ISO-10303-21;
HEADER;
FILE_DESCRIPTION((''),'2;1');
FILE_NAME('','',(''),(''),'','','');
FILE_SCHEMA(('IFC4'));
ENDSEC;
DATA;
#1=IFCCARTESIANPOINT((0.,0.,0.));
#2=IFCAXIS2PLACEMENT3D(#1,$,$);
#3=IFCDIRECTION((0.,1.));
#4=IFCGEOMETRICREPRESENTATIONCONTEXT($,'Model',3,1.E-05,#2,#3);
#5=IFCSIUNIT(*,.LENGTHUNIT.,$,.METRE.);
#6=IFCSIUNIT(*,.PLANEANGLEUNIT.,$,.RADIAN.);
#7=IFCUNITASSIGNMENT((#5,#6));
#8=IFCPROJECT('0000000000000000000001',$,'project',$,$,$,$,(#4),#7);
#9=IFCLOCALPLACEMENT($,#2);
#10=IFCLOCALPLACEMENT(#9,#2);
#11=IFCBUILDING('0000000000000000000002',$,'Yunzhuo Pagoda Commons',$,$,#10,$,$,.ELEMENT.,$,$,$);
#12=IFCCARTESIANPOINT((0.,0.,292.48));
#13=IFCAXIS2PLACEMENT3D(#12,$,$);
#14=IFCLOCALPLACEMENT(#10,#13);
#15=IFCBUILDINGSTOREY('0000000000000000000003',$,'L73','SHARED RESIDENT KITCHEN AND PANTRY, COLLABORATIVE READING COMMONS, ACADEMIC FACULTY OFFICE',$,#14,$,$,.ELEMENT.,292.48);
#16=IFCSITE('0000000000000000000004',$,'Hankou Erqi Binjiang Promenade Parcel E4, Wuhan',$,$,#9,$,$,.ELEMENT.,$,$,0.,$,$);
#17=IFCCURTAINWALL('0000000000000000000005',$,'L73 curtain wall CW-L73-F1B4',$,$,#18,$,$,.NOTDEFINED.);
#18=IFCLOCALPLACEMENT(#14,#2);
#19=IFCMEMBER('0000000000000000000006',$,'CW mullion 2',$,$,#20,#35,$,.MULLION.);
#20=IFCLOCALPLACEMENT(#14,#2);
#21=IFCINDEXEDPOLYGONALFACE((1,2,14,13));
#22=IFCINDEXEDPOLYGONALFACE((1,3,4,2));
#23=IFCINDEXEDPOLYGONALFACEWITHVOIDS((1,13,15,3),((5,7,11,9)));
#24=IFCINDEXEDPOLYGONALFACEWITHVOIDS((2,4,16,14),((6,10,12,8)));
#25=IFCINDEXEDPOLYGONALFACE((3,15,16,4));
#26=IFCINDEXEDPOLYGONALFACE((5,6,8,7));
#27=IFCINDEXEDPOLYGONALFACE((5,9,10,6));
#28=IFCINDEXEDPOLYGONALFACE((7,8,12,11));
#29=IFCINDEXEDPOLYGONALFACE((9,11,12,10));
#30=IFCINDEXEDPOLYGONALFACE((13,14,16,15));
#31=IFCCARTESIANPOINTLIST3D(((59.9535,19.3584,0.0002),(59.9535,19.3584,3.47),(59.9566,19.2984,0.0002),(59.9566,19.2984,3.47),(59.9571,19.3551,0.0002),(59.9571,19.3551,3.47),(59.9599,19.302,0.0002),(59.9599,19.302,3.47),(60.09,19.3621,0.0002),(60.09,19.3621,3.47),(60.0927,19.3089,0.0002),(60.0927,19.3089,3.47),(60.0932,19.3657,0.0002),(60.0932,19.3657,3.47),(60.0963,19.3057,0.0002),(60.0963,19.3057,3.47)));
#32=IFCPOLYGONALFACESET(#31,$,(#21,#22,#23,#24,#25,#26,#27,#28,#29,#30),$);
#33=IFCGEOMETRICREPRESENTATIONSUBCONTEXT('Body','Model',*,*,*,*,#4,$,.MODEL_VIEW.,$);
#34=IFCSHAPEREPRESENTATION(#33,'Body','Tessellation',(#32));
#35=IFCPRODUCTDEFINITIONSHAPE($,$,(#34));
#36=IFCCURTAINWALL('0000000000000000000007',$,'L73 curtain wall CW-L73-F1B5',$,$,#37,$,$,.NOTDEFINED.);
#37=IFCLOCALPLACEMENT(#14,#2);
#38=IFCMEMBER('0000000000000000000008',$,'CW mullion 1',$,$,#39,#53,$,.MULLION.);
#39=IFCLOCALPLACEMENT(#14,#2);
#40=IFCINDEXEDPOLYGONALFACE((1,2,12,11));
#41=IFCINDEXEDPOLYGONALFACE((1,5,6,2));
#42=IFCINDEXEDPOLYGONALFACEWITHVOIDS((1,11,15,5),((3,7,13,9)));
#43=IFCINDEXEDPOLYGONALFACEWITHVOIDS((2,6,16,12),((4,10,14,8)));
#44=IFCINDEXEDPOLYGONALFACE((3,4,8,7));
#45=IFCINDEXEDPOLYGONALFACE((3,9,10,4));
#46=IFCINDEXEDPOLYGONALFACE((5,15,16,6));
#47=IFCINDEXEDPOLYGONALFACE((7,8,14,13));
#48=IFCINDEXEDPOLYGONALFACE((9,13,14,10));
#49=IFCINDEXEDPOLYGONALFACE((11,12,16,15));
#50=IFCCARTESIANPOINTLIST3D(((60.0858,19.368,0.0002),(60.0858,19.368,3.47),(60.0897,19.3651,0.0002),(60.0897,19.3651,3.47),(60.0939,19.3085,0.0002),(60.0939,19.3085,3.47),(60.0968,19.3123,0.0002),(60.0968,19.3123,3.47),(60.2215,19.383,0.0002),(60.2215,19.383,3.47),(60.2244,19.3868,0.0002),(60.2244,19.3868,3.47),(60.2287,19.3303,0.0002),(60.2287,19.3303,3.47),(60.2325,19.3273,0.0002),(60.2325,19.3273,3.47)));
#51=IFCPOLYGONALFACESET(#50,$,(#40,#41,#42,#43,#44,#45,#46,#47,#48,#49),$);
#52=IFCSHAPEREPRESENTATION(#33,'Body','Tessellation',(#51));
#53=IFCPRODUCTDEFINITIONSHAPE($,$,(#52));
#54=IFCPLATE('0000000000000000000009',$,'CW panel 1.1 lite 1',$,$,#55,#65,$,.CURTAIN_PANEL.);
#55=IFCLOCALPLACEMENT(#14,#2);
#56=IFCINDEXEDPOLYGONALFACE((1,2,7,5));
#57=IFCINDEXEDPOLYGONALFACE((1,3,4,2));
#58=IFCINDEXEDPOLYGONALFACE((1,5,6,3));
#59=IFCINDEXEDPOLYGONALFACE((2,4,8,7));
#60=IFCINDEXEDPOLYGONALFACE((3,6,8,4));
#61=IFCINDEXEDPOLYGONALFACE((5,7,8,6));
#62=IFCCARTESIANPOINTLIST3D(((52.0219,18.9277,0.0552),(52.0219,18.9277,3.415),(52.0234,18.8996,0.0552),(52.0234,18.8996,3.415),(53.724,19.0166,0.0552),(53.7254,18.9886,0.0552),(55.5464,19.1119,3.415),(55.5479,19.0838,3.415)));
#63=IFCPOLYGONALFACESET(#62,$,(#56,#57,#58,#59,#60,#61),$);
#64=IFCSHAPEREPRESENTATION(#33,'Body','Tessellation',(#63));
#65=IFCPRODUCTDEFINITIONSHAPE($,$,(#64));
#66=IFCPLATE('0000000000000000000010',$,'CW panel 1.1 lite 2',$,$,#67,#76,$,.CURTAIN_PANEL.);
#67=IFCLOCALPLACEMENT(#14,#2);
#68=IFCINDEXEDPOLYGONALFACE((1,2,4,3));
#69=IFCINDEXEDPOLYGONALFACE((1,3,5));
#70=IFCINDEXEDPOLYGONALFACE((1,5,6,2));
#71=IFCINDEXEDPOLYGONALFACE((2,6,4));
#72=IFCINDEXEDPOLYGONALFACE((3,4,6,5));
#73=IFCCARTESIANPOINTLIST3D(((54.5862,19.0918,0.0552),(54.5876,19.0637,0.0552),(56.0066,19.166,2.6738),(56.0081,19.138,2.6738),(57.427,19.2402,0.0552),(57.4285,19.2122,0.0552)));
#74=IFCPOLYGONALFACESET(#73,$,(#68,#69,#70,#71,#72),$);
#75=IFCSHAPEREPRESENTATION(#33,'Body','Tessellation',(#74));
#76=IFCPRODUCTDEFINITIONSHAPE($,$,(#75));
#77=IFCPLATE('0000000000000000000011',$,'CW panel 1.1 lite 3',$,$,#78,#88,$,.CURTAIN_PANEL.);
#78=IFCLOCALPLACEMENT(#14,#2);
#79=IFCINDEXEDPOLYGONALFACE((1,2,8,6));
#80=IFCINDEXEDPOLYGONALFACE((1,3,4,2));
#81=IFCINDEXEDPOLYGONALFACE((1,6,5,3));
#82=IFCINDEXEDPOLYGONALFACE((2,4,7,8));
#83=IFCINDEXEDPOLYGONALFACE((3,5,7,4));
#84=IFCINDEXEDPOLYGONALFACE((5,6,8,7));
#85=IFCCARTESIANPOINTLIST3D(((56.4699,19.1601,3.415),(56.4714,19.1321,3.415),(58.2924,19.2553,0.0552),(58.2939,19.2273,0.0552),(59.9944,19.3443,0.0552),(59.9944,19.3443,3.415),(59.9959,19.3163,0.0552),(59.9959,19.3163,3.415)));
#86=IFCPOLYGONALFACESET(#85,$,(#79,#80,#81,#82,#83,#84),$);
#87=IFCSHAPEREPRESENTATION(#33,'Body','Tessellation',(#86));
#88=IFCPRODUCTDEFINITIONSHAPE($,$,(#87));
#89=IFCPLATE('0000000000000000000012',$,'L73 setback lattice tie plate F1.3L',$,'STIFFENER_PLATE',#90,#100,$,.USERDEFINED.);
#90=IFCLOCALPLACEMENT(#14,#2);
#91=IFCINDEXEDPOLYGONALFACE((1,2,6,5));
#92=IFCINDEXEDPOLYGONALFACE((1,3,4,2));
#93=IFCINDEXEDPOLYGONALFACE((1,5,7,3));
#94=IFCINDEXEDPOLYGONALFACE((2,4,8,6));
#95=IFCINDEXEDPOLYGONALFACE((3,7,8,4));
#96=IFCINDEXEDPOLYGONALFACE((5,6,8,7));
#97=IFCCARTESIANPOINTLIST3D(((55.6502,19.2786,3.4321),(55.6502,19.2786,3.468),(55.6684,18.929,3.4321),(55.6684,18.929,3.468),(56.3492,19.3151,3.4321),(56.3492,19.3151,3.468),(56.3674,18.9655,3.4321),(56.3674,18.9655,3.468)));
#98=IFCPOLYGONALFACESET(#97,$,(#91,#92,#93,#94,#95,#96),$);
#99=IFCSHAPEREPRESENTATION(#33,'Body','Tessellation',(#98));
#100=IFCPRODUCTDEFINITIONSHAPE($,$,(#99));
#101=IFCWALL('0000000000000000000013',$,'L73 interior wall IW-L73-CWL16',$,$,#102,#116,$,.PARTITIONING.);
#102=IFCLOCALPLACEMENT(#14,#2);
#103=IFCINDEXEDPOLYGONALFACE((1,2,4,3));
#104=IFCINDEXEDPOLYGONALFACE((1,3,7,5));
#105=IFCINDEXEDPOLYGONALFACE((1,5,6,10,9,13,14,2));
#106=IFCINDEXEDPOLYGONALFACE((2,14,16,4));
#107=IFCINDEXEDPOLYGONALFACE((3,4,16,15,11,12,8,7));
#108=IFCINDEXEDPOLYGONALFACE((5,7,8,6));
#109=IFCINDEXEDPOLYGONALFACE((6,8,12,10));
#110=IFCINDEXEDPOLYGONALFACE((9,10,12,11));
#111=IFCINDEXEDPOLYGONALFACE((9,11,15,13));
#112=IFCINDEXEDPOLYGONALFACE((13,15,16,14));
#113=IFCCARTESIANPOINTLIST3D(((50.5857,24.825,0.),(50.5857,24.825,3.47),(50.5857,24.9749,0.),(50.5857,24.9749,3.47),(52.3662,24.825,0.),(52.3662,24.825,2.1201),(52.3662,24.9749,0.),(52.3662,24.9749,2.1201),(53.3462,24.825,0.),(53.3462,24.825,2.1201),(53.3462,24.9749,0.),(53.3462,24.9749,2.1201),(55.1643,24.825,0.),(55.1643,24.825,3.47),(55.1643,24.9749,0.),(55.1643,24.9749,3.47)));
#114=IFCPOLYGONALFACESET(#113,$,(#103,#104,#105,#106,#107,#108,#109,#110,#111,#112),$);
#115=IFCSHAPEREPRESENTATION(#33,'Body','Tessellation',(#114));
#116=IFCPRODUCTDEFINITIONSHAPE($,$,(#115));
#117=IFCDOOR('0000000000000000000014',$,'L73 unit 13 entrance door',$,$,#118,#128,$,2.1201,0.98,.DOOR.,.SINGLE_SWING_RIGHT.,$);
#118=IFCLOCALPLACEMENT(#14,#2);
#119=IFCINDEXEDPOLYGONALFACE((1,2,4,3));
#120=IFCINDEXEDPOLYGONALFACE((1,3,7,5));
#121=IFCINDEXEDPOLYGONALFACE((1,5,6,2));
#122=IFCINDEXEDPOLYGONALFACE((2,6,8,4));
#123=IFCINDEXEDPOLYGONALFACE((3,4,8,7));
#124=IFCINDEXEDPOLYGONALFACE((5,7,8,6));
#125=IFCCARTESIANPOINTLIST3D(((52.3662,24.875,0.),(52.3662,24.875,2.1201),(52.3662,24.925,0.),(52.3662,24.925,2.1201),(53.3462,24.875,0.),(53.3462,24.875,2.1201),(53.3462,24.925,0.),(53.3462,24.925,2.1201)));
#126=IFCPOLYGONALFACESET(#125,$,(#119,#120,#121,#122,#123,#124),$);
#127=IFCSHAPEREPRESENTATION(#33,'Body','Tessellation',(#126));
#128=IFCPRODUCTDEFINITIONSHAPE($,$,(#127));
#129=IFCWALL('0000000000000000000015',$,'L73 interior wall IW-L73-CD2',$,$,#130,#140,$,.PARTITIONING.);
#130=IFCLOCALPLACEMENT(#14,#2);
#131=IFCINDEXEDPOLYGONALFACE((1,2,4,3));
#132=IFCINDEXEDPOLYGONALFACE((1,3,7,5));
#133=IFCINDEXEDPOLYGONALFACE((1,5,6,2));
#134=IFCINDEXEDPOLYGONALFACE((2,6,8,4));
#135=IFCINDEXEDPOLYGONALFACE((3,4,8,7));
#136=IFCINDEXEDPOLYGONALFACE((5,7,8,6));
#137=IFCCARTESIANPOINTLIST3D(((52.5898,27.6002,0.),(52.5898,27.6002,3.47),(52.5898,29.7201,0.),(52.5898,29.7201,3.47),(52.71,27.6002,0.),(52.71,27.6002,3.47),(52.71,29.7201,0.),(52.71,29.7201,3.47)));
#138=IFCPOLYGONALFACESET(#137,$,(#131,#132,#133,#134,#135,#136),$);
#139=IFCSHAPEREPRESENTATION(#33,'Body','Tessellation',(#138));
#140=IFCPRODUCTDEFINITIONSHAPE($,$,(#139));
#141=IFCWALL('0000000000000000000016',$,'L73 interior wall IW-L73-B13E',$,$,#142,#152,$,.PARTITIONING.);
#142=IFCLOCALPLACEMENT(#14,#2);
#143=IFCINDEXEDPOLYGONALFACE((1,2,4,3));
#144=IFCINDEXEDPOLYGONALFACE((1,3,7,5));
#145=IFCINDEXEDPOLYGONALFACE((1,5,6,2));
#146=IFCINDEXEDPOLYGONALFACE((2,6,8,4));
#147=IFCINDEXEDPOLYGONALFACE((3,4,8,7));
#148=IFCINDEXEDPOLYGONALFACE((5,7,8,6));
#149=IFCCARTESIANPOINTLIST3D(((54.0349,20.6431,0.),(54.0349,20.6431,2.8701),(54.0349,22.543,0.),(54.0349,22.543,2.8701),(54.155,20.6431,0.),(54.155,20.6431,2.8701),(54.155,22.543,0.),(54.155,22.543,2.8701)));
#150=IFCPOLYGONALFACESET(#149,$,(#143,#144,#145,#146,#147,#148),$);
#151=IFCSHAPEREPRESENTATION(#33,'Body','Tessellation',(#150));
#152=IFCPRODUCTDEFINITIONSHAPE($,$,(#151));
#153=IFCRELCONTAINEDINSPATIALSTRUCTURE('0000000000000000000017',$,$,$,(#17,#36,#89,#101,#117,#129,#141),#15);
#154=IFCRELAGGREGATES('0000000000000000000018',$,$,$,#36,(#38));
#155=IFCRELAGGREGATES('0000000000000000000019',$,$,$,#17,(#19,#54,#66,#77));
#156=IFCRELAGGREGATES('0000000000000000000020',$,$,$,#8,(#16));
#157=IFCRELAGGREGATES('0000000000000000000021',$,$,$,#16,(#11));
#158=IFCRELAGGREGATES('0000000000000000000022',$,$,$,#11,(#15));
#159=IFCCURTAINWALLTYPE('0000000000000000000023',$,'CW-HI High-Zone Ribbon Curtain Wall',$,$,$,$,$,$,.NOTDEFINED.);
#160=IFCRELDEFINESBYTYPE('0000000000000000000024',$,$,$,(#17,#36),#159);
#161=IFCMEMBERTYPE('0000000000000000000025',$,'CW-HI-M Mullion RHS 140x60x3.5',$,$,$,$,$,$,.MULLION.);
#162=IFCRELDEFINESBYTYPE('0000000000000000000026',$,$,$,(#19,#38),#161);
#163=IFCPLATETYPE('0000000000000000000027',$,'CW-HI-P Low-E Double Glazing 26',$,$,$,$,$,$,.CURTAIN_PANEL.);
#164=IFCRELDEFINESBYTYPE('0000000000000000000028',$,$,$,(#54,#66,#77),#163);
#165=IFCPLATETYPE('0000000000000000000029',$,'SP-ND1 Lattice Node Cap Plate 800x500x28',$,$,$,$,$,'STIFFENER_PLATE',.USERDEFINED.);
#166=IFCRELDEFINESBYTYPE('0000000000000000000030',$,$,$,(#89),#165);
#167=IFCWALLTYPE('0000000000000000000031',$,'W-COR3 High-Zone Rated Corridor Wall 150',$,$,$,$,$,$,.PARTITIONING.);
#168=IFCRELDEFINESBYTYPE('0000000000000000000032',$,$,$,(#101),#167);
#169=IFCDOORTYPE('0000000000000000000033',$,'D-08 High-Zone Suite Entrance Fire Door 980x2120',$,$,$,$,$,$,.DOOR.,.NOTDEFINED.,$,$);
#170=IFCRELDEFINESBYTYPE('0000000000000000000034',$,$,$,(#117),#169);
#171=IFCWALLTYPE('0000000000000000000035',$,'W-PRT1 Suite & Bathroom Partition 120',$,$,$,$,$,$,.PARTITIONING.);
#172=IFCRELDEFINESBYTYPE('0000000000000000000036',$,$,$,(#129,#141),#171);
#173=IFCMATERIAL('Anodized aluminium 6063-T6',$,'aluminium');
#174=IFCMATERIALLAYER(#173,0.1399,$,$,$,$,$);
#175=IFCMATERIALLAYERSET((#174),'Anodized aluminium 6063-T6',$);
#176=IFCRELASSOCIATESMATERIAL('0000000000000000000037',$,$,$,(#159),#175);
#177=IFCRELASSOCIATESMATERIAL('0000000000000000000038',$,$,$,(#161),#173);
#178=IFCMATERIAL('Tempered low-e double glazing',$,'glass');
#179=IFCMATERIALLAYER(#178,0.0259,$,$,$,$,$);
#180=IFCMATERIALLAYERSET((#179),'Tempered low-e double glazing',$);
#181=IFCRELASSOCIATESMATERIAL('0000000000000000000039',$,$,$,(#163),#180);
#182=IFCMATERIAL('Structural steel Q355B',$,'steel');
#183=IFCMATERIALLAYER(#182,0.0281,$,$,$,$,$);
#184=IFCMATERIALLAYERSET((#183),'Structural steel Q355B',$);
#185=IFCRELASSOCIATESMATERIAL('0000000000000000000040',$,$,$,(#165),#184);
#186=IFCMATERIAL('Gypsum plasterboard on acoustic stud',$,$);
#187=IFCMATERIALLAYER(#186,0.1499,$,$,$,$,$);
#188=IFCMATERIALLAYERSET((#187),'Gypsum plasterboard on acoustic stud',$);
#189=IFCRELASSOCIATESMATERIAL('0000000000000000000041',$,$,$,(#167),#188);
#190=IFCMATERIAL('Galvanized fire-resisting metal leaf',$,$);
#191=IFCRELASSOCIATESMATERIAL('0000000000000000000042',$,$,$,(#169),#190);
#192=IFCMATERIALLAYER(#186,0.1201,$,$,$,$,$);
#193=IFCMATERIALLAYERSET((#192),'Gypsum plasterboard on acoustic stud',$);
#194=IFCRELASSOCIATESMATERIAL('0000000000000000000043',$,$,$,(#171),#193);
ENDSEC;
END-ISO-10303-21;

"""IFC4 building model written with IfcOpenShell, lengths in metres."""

from ifc_helpers import new_model, si_unit, direction, frame, frame_2d, origin, origin_with_axes, origin_2d, place, context, subcontext, project, spatial, polyline, rectangle, hollow_rectangle, outline, extrude, source, transform, mapped, material, layer, layer_set, material_profile, profile_set, type_object, element, fill, aggregate, save


model = new_model("IFC4")

# Units and contexts
model_context = context("Model", 3, precision=1e-05, world=origin(), true_north=direction((0.0, 1.0)))
body_context = subcontext(model_context, "Body", "Model", "MODEL_VIEW")
ifc_project = project(units=[si_unit("LENGTHUNIT", "METRE"), si_unit("PLANEANGLEUNIT", "RADIAN")], contexts=[model_context])

# Site, building, storey
site_placement = place(None, origin())
site = spatial("IfcSite", under=ifc_project, at=site_placement, Name="Hankou Erqi Binjiang Promenade Parcel E4, Wuhan", CompositionType="ELEMENT", RefElevation=0.0)
building_placement = place(site_placement, origin())
building = spatial("IfcBuilding", under=site, at=building_placement, Name="Yunzhuo Pagoda Commons", CompositionType="ELEMENT")
storey_placement = place(building_placement, frame((0.0, 0.0, 292.48)))
storey = spatial("IfcBuildingStorey", under=building, at=storey_placement, Name="L73", Description="SHARED RESIDENT KITCHEN AND PANTRY, COLLABORATIVE READING COMMONS, ACADEMIC FACULTY OFFICE", CompositionType="ELEMENT", Elevation=292.48)

# Shared definitions
ifc_material_1 = material(Name="Structural steel Q355B", Category="steel")

# Curtain walls, members
ifc_material_2 = material(Name="Anodized aluminium 6063-T6", Category="aluminium")
ifc_layer_1 = layer(ifc_material_2, 0.1399)
ifc_layer_set_1 = layer_set([ifc_layer_1], Name="Anodized aluminium 6063-T6")
curtain_wall_type = type_object("IfcCurtainWallType", Name="CW-HI High-Zone Ribbon Curtain Wall", PredefinedType="NOTDEFINED", material=ifc_layer_set_1)
curtain_wall_1_placement = place(storey_placement, origin())
curtain_wall_1 = element("IfcCurtainWall", 1, at=curtain_wall_1_placement, inside=storey, type_object=curtain_wall_type, Name="L73 curtain wall CW-L73-F1B4", PredefinedType="NOTDEFINED")
ifc_material_profile_1 = material_profile(ifc_material_2, hollow_rectangle(XDim=0.0601, YDim=0.1399, WallThickness=0.0034, at=origin_2d()), Name="Anodized aluminium 6063-T6")
ifc_profile_set_1 = profile_set([ifc_material_profile_1], Name="Anodized aluminium 6063-T6")
member_type_1 = type_object("IfcMemberType", Name="CW-HI-M Mullion RHS 140x60x3.5", PredefinedType="MULLION", material=ifc_profile_set_1)
shared_shape_1 = source(origin(), body_context, "Body", "SweptSolid", [
    extrude(hollow_rectangle(XDim=0.0601, YDim=0.1399, WallThickness=0.0034, at=origin_2d()), origin(), (0.0, 0.0, 1.0), 3.4697),
])
member_1_placement = place(storey_placement, frame((60.0249, 19.332, 0.0002), z_axis=(0.0, 0.0, 1.0), x_axis=(-0.05219, 0.998637, 0.0)))
member_1 = element("IfcMember", 2, at=member_1_placement, type_object=member_type_1, Name="CW mullion 2", PredefinedType="MULLION", context=body_context, shape_type="MappedRepresentation", body=[
    mapped(shared_shape_1, transform((0.0, 0.0, 0.0), scale=1.0)),
])
curtain_wall_2_placement = place(storey_placement, origin())
curtain_wall_2 = element("IfcCurtainWall", 3, at=curtain_wall_2_placement, inside=storey, type_object=curtain_wall_type, Name="L73 curtain wall CW-L73-F1B5", PredefinedType="NOTDEFINED")
member_2_placement = place(storey_placement, frame((60.1592, 19.3477, 0.0002), z_axis=(0.0, 0.0, 1.0), x_axis=(-0.134854, 0.990865, 0.0)))
member_2 = element("IfcMember", 4, at=member_2_placement, type_object=member_type_1, Name="CW mullion 1", PredefinedType="MULLION", context=body_context, shape_type="MappedRepresentation", body=[
    mapped(shared_shape_1, transform((0.0, 0.0, 0.0), scale=1.0)),
])
aggregate(curtain_wall_2, [member_2])

# Plates
ifc_material_3 = material(Name="Tempered low-e double glazing", Category="glass")
ifc_layer_2 = layer(ifc_material_3, 0.0259)
ifc_layer_set_2 = layer_set([ifc_layer_2], Name="Tempered low-e double glazing")
plate_type_1 = type_object("IfcPlateType", Name="CW-HI-P Low-E Double Glazing 26", PredefinedType="CURTAIN_PANEL", material=ifc_layer_set_2)
plate_1_placement = place(storey_placement, frame((53.7842, 19.0198, 1.7351), z_axis=(0.05219, -0.998637, 0.0), x_axis=(0.998637, 0.05219, 0.0)))
plate_1 = element("IfcPlate", 5, at=plate_1_placement, type_object=plate_type_1, Name="CW panel 1.1 lite 1", PredefinedType="CURTAIN_PANEL", context=body_context, shape_type="SweptSolid", body=[
    extrude(outline(polyline([(-1.7646, -1.6799), (-0.0603, -1.6799), (1.7646, 1.6799), (-1.7646, 1.6799), (-1.7646, -1.6799)])), origin(), (0.0, 0.0, 1.0), 0.0281),
])
plate_2_placement = place(storey_placement, frame((56.0066, 19.166, 1.3645), z_axis=(0.05219, -0.998637, 0.0), x_axis=(0.998637, 0.05219, 0.0)))
plate_2 = element("IfcPlate", 6, at=plate_2_placement, type_object=plate_type_1, Name="CW panel 1.1 lite 2", PredefinedType="CURTAIN_PANEL", context=body_context, shape_type="SweptSolid", body=[
    extrude(outline(polyline([(-1.4224, -1.3093), (1.4224, -1.3093), (0.0, 1.3093), (-1.4224, -1.3093)])), origin(), (0.0, 0.0, 1.0), 0.0281),
])
plate_3_placement = place(storey_placement, frame((58.2322, 19.2522, 1.7351), z_axis=(0.05219, -0.998637, 0.0), x_axis=(0.998637, 0.05219, 0.0)))
plate_3 = element("IfcPlate", 7, at=plate_3_placement, type_object=plate_type_1, Name="CW panel 1.1 lite 3", PredefinedType="CURTAIN_PANEL", context=body_context, shape_type="SweptSolid", body=[
    extrude(outline(polyline([(-1.7646, 1.6799), (0.0603, -1.6799), (1.7646, -1.6799), (1.7646, 1.6799), (-1.7646, 1.6799)])), origin(), (0.0, 0.0, 1.0), 0.0281),
])
aggregate(curtain_wall_1, [member_1, plate_1, plate_2, plate_3])
ifc_layer_3 = layer(ifc_material_1, 0.0281)
ifc_layer_set_3 = layer_set([ifc_layer_3], Name="Structural steel Q355B")
plate_type_2 = type_object("IfcPlateType", Name="SP-ND1 Lattice Node Cap Plate 800x500x28", ElementType="STIFFENER_PLATE", PredefinedType="USERDEFINED", material=ifc_layer_set_3)
shared_shape_2 = source(origin(), body_context, "Body", "SweptSolid", [
    extrude(rectangle(XDim=0.7, YDim=0.3501, at=origin_2d()), origin(), (0.0, 0.0, 1.0), 0.0359),
])
plate_4_placement = place(storey_placement, frame((56.0088, 19.1221, 3.4321), z_axis=(0.0, 0.0, 1.0), x_axis=(0.998637, 0.052197, 0.0)))
element("IfcPlate", 8, at=plate_4_placement, inside=storey, type_object=plate_type_2, Name="L73 setback lattice tie plate F1.3L", ObjectType="STIFFENER_PLATE", PredefinedType="USERDEFINED", context=body_context, shape_type="MappedRepresentation", body=[
    mapped(shared_shape_2, transform((0.0, 0.0, 0.0), scale=1.0)),
])

# Wall, opening, door
ifc_material_4 = material(Name="Gypsum plasterboard on acoustic stud")
ifc_layer_4 = layer(ifc_material_4, 0.1499)
ifc_layer_set_4 = layer_set([ifc_layer_4], Name="Gypsum plasterboard on acoustic stud")
wall_type_1 = type_object("IfcWallType", Name="W-COR3 High-Zone Rated Corridor Wall 150", PredefinedType="PARTITIONING", material=ifc_layer_set_4)
wall_1_placement = place(storey_placement, frame((55.1643, 24.8999, 0.0), z_axis=(0.0, 0.0, 1.0), x_axis=(-1.0, 0.0, 0.0)))
wall_1 = element("IfcWall", 9, at=wall_1_placement, inside=storey, type_object=wall_type_1, Name="L73 interior wall IW-L73-CWL16", PredefinedType="PARTITIONING", context=body_context, shape_type="SweptSolid", body=[
    extrude(rectangle(XDim=4.5786, YDim=0.1499, at=frame_2d((2.2893, 0.0))), origin(), (0.0, 0.0, 1.0), 3.47),
])
opening_1_placement = place(wall_1_placement, frame((1.8181, 0.0, 0.0)))
opening_1 = element("IfcOpeningElement", 10, at=opening_1_placement, cuts=wall_1, PredefinedType="OPENING", context=body_context, shape_type="SweptSolid", body=[
    extrude(rectangle(XDim=0.98, YDim=2.1201, at=frame_2d((0.49, 1.0601))), frame((0.0, 0.085, 0.0), z_axis=(0.0, -1.0, 0.0), x_axis=(1.0, 0.0, 0.0)), (0.0, 0.0, 1.0), 0.1699),
])
ifc_material_5 = material(Name="Galvanized fire-resisting metal leaf")
door_type_1 = type_object("IfcDoorType", Name="D-08 High-Zone Suite Entrance Fire Door 980x2120", OperationType="NOTDEFINED", PredefinedType="DOOR", material=ifc_material_5)
shared_shape_3 = source(origin(), body_context, "Body", "SweptSolid", [
    extrude(rectangle(XDim=0.98, YDim=2.1201, at=frame_2d((0.49, 1.0601))), frame((0.0, 0.0249, 0.0), z_axis=(0.0, -1.0, 0.0), x_axis=(1.0, 0.0, 0.0)), (0.0, 0.0, 1.0), 0.05),
])
door_1_placement = place(opening_1_placement, origin_with_axes())
door_1 = element("IfcDoor", 11, at=door_1_placement, inside=storey, type_object=door_type_1, Name="L73 unit 13 entrance door", OperationType="SINGLE_SWING_RIGHT", OverallHeight=2.1201, OverallWidth=0.98, PredefinedType="DOOR", context=body_context, shape_type="MappedRepresentation", body=[
    mapped(shared_shape_3, transform((0.0, 0.0, 0.0), scale=1.0)),
])
fill(opening_1, door_1)

# Walls
ifc_layer_5 = layer(ifc_material_4, 0.1201)
ifc_layer_set_5 = layer_set([ifc_layer_5], Name="Gypsum plasterboard on acoustic stud")
wall_type_2 = type_object("IfcWallType", Name="W-PRT1 Suite & Bathroom Partition 120", PredefinedType="PARTITIONING", material=ifc_layer_set_5)
wall_2_placement = place(storey_placement, frame((52.6499, 27.6001, 0.0), z_axis=(0.0, 0.0, 1.0), x_axis=(0.0, 1.0, 0.0)))
element("IfcWall", 12, at=wall_2_placement, inside=storey, type_object=wall_type_2, Name="L73 interior wall IW-L73-CD2", PredefinedType="PARTITIONING", context=body_context, shape_type="SweptSolid", body=[
    extrude(rectangle(XDim=2.1199, YDim=0.1201, at=frame_2d((1.0601, 0.0))), origin(), (0.0, 0.0, 1.0), 3.47),
])
wall_3_placement = place(storey_placement, frame((54.095, 20.6431, 0.0), z_axis=(0.0, 0.0, 1.0), x_axis=(0.0, 1.0, 0.0)))
element("IfcWall", 13, at=wall_3_placement, inside=storey, type_object=wall_type_2, Name="L73 interior wall IW-L73-B13E", PredefinedType="PARTITIONING", context=body_context, shape_type="SweptSolid", body=[
    extrude(rectangle(XDim=1.8999, YDim=0.1201, at=frame_2d((0.95, 0.0))), origin(), (0.0, 0.0, 1.0), 2.8701),
])

save(model, "model.ifc")
